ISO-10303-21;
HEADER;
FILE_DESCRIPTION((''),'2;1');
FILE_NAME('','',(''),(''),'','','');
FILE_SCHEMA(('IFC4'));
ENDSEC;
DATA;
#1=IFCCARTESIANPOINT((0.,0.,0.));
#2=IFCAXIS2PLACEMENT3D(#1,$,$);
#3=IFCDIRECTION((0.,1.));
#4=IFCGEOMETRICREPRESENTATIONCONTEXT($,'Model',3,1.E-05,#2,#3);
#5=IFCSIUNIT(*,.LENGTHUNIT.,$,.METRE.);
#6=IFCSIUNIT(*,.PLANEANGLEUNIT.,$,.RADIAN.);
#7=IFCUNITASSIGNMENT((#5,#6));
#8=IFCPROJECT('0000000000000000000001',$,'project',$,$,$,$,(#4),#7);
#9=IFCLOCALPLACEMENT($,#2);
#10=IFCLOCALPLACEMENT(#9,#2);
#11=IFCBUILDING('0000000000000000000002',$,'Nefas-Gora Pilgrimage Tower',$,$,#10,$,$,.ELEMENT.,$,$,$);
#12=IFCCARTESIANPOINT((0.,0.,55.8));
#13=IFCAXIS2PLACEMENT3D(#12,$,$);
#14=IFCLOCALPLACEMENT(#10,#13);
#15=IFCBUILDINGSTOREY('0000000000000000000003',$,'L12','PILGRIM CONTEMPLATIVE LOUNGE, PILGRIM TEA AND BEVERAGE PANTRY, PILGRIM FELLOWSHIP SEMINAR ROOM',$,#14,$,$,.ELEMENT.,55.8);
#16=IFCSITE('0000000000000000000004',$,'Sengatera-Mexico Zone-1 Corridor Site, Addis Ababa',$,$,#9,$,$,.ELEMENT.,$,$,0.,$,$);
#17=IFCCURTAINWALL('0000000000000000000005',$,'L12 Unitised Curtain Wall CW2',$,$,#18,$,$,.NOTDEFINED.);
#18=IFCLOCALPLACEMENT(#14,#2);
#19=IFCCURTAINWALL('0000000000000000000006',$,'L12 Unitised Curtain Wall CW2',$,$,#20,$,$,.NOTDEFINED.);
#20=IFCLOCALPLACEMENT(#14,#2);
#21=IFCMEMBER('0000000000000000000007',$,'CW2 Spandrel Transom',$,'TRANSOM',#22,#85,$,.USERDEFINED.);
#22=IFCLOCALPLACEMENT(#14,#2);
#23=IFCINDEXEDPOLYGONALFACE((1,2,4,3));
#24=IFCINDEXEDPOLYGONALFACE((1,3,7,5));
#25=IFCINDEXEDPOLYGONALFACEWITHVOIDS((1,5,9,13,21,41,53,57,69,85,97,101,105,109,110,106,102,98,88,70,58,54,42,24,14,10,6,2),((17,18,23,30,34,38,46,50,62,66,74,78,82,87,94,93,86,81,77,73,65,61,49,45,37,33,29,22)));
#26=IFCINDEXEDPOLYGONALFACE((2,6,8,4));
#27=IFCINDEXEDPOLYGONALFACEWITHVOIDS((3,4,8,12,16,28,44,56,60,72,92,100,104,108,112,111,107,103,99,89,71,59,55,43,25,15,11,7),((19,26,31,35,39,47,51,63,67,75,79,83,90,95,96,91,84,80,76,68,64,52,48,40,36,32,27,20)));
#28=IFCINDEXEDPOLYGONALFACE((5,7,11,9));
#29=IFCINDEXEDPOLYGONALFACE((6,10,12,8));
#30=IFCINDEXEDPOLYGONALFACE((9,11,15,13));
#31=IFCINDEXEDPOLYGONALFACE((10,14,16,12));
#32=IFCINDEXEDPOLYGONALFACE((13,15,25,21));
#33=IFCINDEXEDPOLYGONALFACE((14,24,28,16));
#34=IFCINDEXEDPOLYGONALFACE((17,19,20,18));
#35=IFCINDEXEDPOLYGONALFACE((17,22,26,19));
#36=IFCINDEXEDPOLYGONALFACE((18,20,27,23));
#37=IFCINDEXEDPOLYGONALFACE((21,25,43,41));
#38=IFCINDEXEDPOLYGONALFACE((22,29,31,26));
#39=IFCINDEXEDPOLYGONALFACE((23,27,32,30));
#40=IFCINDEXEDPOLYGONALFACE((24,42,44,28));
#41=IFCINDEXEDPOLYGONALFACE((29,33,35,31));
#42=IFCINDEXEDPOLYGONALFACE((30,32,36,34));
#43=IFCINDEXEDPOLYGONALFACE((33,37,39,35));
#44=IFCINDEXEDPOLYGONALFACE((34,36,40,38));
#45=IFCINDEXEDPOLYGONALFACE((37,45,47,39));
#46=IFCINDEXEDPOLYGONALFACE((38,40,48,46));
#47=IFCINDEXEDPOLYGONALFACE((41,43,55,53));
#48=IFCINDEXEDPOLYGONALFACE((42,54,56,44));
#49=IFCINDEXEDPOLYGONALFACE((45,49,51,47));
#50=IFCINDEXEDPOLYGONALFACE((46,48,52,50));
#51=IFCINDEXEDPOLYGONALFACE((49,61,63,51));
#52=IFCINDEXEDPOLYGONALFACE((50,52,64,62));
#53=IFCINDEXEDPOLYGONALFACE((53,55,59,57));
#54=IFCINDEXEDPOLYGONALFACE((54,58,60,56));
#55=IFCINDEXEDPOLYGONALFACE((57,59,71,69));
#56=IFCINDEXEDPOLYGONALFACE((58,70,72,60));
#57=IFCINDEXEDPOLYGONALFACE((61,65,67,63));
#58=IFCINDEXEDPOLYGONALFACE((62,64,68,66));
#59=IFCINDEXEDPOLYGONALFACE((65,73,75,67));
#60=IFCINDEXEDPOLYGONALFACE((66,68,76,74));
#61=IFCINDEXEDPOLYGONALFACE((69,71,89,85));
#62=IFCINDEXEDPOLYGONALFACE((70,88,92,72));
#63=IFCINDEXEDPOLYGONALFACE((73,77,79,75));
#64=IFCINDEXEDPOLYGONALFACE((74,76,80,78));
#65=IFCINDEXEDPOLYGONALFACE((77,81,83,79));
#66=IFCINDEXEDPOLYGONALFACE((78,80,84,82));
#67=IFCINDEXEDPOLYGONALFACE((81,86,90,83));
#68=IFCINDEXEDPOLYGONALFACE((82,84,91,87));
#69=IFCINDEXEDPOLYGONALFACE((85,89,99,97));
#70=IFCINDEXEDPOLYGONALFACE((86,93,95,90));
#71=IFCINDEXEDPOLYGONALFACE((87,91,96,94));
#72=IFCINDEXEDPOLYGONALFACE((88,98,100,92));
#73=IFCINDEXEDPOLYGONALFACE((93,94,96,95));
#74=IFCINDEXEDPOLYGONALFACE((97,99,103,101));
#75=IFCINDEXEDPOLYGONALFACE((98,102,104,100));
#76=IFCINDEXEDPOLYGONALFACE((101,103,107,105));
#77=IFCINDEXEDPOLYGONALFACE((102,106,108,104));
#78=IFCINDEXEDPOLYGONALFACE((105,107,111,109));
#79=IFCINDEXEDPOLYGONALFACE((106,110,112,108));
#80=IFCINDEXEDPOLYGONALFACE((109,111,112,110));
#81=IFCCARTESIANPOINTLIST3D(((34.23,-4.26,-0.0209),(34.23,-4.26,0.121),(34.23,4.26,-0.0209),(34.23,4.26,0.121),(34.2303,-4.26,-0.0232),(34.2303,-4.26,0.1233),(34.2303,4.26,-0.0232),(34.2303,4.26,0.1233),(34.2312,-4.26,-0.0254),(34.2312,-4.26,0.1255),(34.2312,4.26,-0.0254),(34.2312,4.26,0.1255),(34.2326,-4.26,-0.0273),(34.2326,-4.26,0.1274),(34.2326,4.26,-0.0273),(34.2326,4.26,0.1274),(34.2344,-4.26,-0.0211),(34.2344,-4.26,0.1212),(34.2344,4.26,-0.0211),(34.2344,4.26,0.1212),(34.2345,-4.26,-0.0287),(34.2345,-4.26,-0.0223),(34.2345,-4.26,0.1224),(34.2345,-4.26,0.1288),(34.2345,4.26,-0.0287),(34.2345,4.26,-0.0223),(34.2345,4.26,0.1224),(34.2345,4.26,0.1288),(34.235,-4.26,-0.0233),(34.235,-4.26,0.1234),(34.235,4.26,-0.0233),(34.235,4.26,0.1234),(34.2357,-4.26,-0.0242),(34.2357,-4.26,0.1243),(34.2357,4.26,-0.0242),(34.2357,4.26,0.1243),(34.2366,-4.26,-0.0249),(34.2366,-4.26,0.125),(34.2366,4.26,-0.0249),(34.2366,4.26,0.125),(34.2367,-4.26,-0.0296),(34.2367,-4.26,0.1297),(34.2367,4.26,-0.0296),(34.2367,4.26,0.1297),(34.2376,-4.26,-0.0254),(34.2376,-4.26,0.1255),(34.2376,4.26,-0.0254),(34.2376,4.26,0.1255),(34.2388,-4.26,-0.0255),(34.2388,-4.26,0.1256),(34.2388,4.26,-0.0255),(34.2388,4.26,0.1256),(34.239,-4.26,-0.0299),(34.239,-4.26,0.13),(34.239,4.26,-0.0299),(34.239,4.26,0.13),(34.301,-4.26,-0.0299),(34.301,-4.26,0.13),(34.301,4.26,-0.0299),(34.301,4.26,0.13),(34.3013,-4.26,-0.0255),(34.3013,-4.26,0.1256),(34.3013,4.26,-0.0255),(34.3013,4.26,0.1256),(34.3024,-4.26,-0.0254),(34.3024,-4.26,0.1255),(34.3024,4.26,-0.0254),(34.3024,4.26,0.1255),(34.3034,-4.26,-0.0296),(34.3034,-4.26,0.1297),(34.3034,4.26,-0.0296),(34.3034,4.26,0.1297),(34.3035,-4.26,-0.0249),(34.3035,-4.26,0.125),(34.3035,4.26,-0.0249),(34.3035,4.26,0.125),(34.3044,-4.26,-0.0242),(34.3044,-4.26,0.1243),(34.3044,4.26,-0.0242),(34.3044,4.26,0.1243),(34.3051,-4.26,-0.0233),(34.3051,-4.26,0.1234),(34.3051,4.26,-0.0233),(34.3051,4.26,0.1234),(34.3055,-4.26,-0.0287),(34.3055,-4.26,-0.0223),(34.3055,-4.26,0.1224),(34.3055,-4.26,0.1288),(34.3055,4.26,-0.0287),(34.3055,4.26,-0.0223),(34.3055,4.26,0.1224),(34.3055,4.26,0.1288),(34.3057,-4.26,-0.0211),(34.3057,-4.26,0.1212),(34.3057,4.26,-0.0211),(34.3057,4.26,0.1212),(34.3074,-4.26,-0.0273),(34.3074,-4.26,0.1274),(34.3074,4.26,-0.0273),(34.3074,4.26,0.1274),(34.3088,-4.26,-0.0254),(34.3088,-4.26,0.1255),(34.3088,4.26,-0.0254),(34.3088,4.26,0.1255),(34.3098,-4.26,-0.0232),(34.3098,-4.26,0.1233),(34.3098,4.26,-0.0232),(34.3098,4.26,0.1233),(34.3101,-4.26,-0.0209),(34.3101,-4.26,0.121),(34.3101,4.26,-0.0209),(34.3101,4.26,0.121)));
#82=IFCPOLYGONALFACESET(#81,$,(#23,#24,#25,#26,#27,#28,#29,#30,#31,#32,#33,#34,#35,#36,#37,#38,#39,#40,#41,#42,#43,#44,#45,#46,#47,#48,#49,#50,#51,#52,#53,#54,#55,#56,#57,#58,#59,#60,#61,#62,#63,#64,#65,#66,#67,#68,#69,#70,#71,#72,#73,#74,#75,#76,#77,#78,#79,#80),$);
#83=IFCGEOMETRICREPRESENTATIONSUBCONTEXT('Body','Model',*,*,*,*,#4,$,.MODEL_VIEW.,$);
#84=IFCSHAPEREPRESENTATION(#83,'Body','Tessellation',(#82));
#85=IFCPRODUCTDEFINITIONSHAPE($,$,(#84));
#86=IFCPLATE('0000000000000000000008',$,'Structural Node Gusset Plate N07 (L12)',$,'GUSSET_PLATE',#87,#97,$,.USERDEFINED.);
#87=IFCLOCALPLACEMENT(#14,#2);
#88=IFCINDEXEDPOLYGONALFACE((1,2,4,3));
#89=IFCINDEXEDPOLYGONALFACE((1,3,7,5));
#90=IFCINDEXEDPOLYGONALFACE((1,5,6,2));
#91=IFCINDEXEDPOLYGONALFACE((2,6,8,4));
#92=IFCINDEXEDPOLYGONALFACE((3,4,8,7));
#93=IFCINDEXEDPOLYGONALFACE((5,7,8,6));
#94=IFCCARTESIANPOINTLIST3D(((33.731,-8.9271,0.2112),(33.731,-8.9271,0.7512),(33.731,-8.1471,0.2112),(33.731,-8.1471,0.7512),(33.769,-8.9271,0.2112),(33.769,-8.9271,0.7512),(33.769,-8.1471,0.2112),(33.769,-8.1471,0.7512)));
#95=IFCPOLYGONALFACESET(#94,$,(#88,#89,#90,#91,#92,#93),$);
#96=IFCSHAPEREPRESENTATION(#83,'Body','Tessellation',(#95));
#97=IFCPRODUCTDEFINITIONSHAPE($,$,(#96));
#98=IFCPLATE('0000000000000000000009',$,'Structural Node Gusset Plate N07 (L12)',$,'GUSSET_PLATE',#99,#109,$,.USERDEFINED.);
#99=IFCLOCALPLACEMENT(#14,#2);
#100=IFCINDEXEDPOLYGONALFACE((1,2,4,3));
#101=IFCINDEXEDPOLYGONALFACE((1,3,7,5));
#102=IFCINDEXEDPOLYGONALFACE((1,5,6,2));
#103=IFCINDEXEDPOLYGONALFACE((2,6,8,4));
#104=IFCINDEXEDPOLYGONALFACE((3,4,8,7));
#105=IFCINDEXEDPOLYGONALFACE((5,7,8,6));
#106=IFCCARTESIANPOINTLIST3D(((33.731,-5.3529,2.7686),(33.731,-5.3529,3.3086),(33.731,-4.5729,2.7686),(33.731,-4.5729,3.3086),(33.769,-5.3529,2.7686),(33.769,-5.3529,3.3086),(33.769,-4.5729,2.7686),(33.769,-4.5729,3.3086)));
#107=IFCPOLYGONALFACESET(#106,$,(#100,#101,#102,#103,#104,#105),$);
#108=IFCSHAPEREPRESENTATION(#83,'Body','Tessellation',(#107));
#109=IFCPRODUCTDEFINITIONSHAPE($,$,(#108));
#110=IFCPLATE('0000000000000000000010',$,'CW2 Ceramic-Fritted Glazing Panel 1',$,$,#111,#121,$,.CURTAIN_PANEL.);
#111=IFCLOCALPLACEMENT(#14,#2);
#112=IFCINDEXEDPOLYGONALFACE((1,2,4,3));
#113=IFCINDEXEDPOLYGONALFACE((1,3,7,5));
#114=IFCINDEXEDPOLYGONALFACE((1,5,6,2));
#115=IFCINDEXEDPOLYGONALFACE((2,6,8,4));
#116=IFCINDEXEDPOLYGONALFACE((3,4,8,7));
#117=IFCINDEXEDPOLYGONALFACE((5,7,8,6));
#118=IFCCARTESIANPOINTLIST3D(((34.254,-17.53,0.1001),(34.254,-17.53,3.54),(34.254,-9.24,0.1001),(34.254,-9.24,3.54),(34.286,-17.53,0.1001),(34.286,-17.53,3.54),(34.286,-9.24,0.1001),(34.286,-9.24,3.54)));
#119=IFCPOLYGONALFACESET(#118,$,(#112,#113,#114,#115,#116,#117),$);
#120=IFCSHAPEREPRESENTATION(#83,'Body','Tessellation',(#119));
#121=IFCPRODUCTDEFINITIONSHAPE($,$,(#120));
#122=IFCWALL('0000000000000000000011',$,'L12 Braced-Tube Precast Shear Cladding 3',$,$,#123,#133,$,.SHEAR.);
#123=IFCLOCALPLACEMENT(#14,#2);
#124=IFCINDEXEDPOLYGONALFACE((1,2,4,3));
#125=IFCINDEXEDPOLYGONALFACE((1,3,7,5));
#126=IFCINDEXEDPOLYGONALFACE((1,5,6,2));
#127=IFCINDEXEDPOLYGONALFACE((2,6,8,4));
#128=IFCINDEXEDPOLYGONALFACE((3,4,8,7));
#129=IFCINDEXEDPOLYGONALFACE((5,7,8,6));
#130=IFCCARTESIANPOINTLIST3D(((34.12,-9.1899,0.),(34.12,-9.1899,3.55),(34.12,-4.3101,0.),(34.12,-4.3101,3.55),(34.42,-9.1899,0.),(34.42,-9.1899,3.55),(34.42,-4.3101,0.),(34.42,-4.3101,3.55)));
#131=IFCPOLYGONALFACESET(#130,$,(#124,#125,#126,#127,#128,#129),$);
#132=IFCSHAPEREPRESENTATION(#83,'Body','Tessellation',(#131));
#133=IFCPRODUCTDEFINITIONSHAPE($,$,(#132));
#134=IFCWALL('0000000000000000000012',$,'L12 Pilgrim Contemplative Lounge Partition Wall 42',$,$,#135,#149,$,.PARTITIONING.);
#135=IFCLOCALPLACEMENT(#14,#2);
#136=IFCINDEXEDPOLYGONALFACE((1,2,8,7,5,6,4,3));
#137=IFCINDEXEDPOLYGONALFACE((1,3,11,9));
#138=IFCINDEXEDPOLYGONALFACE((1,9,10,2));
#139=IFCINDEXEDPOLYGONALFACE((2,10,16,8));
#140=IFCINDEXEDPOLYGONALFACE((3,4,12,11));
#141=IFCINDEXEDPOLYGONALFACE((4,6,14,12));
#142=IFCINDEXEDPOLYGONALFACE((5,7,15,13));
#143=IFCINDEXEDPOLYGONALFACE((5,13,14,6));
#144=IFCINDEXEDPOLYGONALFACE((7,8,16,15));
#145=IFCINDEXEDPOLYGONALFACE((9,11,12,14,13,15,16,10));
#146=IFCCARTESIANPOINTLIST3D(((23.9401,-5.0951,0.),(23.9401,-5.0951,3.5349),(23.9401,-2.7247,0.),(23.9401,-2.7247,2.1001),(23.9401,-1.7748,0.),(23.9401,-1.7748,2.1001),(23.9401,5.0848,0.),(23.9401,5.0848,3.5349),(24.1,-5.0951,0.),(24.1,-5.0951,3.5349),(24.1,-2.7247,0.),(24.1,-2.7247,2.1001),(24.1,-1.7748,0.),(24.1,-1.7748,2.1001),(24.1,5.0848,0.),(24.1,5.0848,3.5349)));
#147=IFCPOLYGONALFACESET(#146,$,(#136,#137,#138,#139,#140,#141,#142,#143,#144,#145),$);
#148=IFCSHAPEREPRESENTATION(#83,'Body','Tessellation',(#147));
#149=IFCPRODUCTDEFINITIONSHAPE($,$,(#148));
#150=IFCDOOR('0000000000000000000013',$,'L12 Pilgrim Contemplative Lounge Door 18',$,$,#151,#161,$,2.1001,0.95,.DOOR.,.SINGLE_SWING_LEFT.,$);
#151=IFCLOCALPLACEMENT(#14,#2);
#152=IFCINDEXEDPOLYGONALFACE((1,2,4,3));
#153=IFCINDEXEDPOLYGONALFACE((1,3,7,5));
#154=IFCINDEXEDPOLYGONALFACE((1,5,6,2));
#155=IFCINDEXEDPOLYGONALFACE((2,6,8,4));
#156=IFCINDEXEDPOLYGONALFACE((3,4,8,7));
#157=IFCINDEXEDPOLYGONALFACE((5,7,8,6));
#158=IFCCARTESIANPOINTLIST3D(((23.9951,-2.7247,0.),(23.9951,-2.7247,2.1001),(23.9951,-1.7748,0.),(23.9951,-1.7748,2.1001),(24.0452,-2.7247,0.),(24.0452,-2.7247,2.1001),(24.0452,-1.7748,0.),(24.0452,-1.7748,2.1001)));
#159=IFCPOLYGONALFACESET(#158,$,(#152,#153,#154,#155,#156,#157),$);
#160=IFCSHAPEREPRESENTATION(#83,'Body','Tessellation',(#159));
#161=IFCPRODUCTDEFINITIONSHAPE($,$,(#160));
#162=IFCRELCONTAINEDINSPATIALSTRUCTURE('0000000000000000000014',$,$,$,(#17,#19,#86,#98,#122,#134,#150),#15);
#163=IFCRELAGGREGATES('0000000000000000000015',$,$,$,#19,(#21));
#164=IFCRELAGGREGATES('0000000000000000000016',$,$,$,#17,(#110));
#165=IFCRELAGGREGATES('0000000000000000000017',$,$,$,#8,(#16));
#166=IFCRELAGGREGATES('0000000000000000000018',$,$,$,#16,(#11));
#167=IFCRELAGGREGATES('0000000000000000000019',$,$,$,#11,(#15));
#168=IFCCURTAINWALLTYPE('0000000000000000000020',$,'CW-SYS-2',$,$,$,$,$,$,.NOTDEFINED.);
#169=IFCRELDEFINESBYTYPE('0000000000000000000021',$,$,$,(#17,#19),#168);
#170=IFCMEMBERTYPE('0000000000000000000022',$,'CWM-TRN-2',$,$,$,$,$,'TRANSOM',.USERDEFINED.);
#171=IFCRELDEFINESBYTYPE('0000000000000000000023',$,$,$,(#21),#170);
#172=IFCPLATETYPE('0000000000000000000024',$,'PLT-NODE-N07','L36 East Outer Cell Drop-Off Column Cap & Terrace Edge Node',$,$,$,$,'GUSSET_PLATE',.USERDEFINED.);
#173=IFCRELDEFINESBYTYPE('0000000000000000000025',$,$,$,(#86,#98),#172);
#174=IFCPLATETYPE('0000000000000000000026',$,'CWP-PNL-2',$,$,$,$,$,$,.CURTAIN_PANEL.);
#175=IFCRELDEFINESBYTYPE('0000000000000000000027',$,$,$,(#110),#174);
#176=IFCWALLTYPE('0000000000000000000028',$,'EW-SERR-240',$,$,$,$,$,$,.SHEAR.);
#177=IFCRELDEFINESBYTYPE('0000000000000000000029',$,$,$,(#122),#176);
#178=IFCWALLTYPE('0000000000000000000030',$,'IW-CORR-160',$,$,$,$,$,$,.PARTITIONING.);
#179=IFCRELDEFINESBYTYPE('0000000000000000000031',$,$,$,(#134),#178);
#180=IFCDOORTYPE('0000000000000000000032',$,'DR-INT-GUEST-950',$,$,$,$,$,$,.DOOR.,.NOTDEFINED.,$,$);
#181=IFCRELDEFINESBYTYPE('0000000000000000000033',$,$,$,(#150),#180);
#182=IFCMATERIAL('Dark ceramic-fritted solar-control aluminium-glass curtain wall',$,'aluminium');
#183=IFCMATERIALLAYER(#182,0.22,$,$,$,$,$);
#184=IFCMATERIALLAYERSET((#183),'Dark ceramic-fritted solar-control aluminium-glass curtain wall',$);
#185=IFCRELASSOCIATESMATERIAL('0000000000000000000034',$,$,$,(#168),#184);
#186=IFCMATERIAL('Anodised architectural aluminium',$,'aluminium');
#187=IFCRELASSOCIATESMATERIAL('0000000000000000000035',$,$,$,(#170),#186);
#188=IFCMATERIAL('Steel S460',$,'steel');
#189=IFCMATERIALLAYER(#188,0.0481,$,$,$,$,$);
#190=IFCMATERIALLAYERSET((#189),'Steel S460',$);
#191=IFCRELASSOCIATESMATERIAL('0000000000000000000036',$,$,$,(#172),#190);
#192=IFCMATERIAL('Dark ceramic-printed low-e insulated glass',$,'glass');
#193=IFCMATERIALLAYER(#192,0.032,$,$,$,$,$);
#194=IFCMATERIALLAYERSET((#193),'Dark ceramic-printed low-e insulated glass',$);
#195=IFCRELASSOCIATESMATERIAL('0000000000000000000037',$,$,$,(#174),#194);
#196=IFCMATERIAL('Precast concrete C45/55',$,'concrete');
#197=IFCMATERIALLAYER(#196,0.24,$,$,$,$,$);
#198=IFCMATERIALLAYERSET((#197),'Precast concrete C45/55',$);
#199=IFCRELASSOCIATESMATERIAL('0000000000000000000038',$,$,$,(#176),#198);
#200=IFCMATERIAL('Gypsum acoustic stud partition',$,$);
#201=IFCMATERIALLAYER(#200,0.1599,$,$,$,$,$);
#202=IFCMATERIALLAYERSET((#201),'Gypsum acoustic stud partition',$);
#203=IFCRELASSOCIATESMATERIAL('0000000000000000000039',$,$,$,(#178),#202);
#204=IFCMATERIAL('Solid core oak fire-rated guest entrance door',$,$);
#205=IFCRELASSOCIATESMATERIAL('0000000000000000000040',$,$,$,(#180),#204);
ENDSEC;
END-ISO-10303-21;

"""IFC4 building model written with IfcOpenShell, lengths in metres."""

from ifc_helpers import new_model, si_unit, direction, frame, frame_2d, origin, origin_2d, place, context, subcontext, project, spatial, rectangle, hollow_rectangle, extrude, source, transform, mapped, material, layer, layer_set, material_profile, profile_set, type_object, element, fill, aggregate, save


model = new_model("IFC4")

# Units and contexts
model_context = context("Model", 3, precision=1e-05, world=origin(), true_north=direction((0.0, 1.0)))
body_context = subcontext(model_context, "Body", "Model", "MODEL_VIEW")
ifc_project = project(units=[si_unit("LENGTHUNIT", "METRE"), si_unit("PLANEANGLEUNIT", "RADIAN")], contexts=[model_context])

# Site, building, storey
site_placement = place(None, origin())
site = spatial("IfcSite", under=ifc_project, at=site_placement, Name="Sengatera-Mexico Zone-1 Corridor Site, Addis Ababa", CompositionType="ELEMENT", RefElevation=0.0)
building_placement = place(site_placement, origin())
building = spatial("IfcBuilding", under=site, at=building_placement, Name="Nefas-Gora Pilgrimage Tower", CompositionType="ELEMENT")
storey_placement = place(building_placement, frame((0.0, 0.0, 55.8)))
storey = spatial("IfcBuildingStorey", under=building, at=storey_placement, Name="L12", Description="PILGRIM CONTEMPLATIVE LOUNGE, PILGRIM TEA AND BEVERAGE PANTRY, PILGRIM FELLOWSHIP SEMINAR ROOM", CompositionType="ELEMENT", Elevation=55.8)

# Shared definitions
ifc_material_1 = material(Name="Steel S460", Category="steel")

# Curtain wall
ifc_material_2 = material(Name="Dark ceramic-fritted solar-control aluminium-glass curtain wall", Category="aluminium")
ifc_layer_1 = layer(ifc_material_2, 0.22)
ifc_layer_set_1 = layer_set([ifc_layer_1], Name="Dark ceramic-fritted solar-control aluminium-glass curtain wall")
curtain_wall_type = type_object("IfcCurtainWallType", Name="CW-SYS-2", PredefinedType="NOTDEFINED", material=ifc_layer_set_1)
curtain_wall_1_placement = place(storey_placement, origin())
curtain_wall_1 = element("IfcCurtainWall", 1, at=curtain_wall_1_placement, inside=storey, type_object=curtain_wall_type, Name="L12 Unitised Curtain Wall CW2", PredefinedType="NOTDEFINED")
ifc_material_3 = material(Name="Anodised architectural aluminium", Category="aluminium")

# Curtain wall, member
curtain_wall_2_placement = place(storey_placement, origin())
curtain_wall_2 = element("IfcCurtainWall", 2, at=curtain_wall_2_placement, inside=storey, type_object=curtain_wall_type, Name="L12 Unitised Curtain Wall CW2", PredefinedType="NOTDEFINED")
ifc_material_profile_1 = material_profile(ifc_material_3, hollow_rectangle(XDim=0.0801, YDim=0.1599, WallThickness=0.0044, InnerFilletRadius=0.0044, OuterFilletRadius=0.009, at=origin_2d()), Name="ALU TRANSOM 80x160")
ifc_profile_set_1 = profile_set([ifc_material_profile_1], Name="Anodised architectural aluminium")
member_type_1 = type_object("IfcMemberType", Name="CWM-TRN-2", ElementType="TRANSOM", PredefinedType="USERDEFINED", material=ifc_profile_set_1)
shared_shape_1 = source(origin(), body_context, "Body", "SweptSolid", [
    extrude(hollow_rectangle(XDim=0.0801, YDim=0.1599, WallThickness=0.0044, InnerFilletRadius=0.0044, OuterFilletRadius=0.009, at=origin_2d()), origin(), (0.0, 0.0, 1.0), 8.52),
])
member_1_placement = place(storey_placement, frame((34.27, -4.26, 0.05), z_axis=(0.0, 1.0, 0.0), x_axis=(-1.0, 0.0, 0.0)))
member_1 = element("IfcMember", 3, at=member_1_placement, type_object=member_type_1, Name="CW2 Spandrel Transom", ObjectType="TRANSOM", PredefinedType="USERDEFINED", context=body_context, shape_type="MappedRepresentation", body=[
    mapped(shared_shape_1, transform((0.0, 0.0, 0.0), x_axis=(1.0, 0.0, 0.0), y_axis=(0.0, 1.0, 0.0), z_axis=(0.0, 0.0, 1.0), scale=1.0)),
])
aggregate(curtain_wall_2, [member_1])

# Plates
ifc_layer_2 = layer(ifc_material_1, 0.0481)
ifc_layer_set_2 = layer_set([ifc_layer_2], Name="Steel S460")
plate_type_1 = type_object("IfcPlateType", Name="PLT-NODE-N07", Description="L36 East Outer Cell Drop-Off Column Cap & Terrace Edge Node", ElementType="GUSSET_PLATE", PredefinedType="USERDEFINED", material=ifc_layer_set_2)
shared_shape_2 = source(origin(), body_context, "Body", "SweptSolid", [
    extrude(rectangle(XDim=0.78, YDim=0.0381, at=origin_2d()), origin(), (0.0, 0.0, 1.0), 0.54),
])
for number, where, z_axis, x_axis, name in (
    (4, (33.75, -8.5371, 0.2112), (0.0, 0.0, 1.0), (0.0, 1.0, 0.0), "Structural Node Gusset Plate N07 (L12)"),
    (5, (33.75, -4.9629, 2.7686), (0.0, 0.0, 1.0), (0.0, 1.0, 0.0), "Structural Node Gusset Plate N07 (L12)"),
):
    element("IfcPlate", number, at=place(storey_placement, frame(where, z_axis=z_axis, x_axis=x_axis)), inside=storey, type_object=plate_type_1, Name=name, ObjectType="GUSSET_PLATE", PredefinedType="USERDEFINED", context=body_context, shape_type="MappedRepresentation", body=[
        mapped(shared_shape_2, transform((0.0, 0.0, 0.0), x_axis=(1.0, 0.0, 0.0), y_axis=(0.0, 1.0, 0.0), z_axis=(0.0, 0.0, 1.0), scale=1.0)),
    ])

# Plate
ifc_material_4 = material(Name="Dark ceramic-printed low-e insulated glass", Category="glass")
ifc_layer_3 = layer(ifc_material_4, 0.032)
ifc_layer_set_3 = layer_set([ifc_layer_3], Name="Dark ceramic-printed low-e insulated glass")
plate_type_2 = type_object("IfcPlateType", Name="CWP-PNL-2", PredefinedType="CURTAIN_PANEL", material=ifc_layer_set_3)
shared_shape_3 = source(origin(), body_context, "Body", "SweptSolid", [
    extrude(rectangle(XDim=8.29, YDim=0.032, at=origin_2d()), origin(), (0.0, 0.0, 1.0), 3.4399),
])
plate_placement = place(storey_placement, frame((34.27, -13.385, 0.1001), z_axis=(0.0, 0.0, 1.0), x_axis=(0.0, 1.0, 0.0)))
plate = element("IfcPlate", 6, at=plate_placement, type_object=plate_type_2, Name="CW2 Ceramic-Fritted Glazing Panel 1", PredefinedType="CURTAIN_PANEL", context=body_context, shape_type="MappedRepresentation", body=[
    mapped(shared_shape_3, transform((0.0, 0.0, 0.0), x_axis=(1.0, 0.0, 0.0), y_axis=(0.0, 1.0, 0.0), z_axis=(0.0, 0.0, 1.0), scale=1.0)),
])
aggregate(curtain_wall_1, [plate])

# Wall
ifc_material_5 = material(Name="Precast concrete C45/55", Category="concrete")
ifc_layer_4 = layer(ifc_material_5, 0.24)
ifc_layer_set_4 = layer_set([ifc_layer_4], Name="Precast concrete C45/55")
wall_type_1 = type_object("IfcWallType", Name="EW-SERR-240", PredefinedType="SHEAR", material=ifc_layer_set_4)
shared_shape_4 = source(origin(), body_context, "Body", "SweptSolid", [
    extrude(rectangle(XDim=4.8799, YDim=0.3, at=frame_2d((2.4399, 0.0))), origin(), (0.0, 0.0, 1.0), 3.55),
])
wall_1_placement = place(storey_placement, frame((34.27, -9.1899, 0.0), z_axis=(0.0, 0.0, 1.0), x_axis=(0.0, 1.0, 0.0)))
element("IfcWall", 7, at=wall_1_placement, inside=storey, type_object=wall_type_1, Name="L12 Braced-Tube Precast Shear Cladding 3", PredefinedType="SHEAR", context=body_context, shape_type="MappedRepresentation", body=[
    mapped(shared_shape_4, transform((0.0, 0.0, 0.0), x_axis=(1.0, 0.0, 0.0), y_axis=(0.0, 1.0, 0.0), z_axis=(0.0, 0.0, 1.0), scale=1.0)),
])

# Wall, opening, door
ifc_material_6 = material(Name="Gypsum acoustic stud partition")
ifc_layer_5 = layer(ifc_material_6, 0.1599)
ifc_layer_set_5 = layer_set([ifc_layer_5], Name="Gypsum acoustic stud partition")
wall_type_2 = type_object("IfcWallType", Name="IW-CORR-160", PredefinedType="PARTITIONING", material=ifc_layer_set_5)
shared_shape_5 = source(origin(), body_context, "Body", "SweptSolid", [
    extrude(rectangle(XDim=10.1799, YDim=0.1599, at=frame_2d((5.0898, 0.0))), origin(), (0.0, 0.0, 1.0), 3.5349),
])
wall_2_placement = place(storey_placement, frame((24.02, -5.095, 0.0), z_axis=(0.0, 0.0, 1.0), x_axis=(0.0, 1.0, 0.0)))
wall_2 = element("IfcWall", 8, at=wall_2_placement, inside=storey, type_object=wall_type_2, Name="L12 Pilgrim Contemplative Lounge Partition Wall 42", PredefinedType="PARTITIONING", context=body_context, shape_type="MappedRepresentation", body=[
    mapped(shared_shape_5, transform((0.0, 0.0, 0.0), x_axis=(1.0, 0.0, 0.0), y_axis=(0.0, 1.0, 0.0), z_axis=(0.0, 0.0, 1.0), scale=1.0)),
])
opening_placement = place(wall_2_placement, frame((2.3701, 0.0, 0.0)))
opening = element("IfcOpeningElement", 9, at=opening_placement, cuts=wall_2, PredefinedType="OPENING", context=body_context, shape_type="SweptSolid", body=[
    extrude(rectangle(XDim=0.95, YDim=2.1001, at=frame_2d((0.4751, 1.05))), frame((0.0, 0.0898, 0.0), z_axis=(0.0, -1.0, 0.0), x_axis=(1.0, 0.0, 0.0)), (0.0, 0.0, 1.0), 0.1799),
])
ifc_material_7 = material(Name="Solid core oak fire-rated guest entrance door")
door_type = type_object("IfcDoorType", Name="DR-INT-GUEST-950", OperationType="NOTDEFINED", PredefinedType="DOOR", material=ifc_material_7)
shared_shape_6 = source(origin(), body_context, "Body", "SweptSolid", [
    extrude(rectangle(XDim=0.95, YDim=2.1001, at=frame_2d((0.4751, 1.05))), frame((0.0, 0.0249, 0.0), z_axis=(0.0, -1.0, 0.0), x_axis=(1.0, 0.0, 0.0)), (0.0, 0.0, 1.0), 0.05),
])
door_placement = place(opening_placement, origin())
door = element("IfcDoor", 10, at=door_placement, inside=storey, type_object=door_type, Name="L12 Pilgrim Contemplative Lounge Door 18", OperationType="SINGLE_SWING_LEFT", OverallHeight=2.1001, OverallWidth=0.95, PredefinedType="DOOR", context=body_context, shape_type="MappedRepresentation", body=[
    mapped(shared_shape_6, transform((0.0, 0.0, 0.0), x_axis=(1.0, 0.0, 0.0), y_axis=(0.0, 1.0, 0.0), z_axis=(0.0, 0.0, 1.0), scale=1.0)),
])
fill(opening, door)

save(model, "model.ifc")
